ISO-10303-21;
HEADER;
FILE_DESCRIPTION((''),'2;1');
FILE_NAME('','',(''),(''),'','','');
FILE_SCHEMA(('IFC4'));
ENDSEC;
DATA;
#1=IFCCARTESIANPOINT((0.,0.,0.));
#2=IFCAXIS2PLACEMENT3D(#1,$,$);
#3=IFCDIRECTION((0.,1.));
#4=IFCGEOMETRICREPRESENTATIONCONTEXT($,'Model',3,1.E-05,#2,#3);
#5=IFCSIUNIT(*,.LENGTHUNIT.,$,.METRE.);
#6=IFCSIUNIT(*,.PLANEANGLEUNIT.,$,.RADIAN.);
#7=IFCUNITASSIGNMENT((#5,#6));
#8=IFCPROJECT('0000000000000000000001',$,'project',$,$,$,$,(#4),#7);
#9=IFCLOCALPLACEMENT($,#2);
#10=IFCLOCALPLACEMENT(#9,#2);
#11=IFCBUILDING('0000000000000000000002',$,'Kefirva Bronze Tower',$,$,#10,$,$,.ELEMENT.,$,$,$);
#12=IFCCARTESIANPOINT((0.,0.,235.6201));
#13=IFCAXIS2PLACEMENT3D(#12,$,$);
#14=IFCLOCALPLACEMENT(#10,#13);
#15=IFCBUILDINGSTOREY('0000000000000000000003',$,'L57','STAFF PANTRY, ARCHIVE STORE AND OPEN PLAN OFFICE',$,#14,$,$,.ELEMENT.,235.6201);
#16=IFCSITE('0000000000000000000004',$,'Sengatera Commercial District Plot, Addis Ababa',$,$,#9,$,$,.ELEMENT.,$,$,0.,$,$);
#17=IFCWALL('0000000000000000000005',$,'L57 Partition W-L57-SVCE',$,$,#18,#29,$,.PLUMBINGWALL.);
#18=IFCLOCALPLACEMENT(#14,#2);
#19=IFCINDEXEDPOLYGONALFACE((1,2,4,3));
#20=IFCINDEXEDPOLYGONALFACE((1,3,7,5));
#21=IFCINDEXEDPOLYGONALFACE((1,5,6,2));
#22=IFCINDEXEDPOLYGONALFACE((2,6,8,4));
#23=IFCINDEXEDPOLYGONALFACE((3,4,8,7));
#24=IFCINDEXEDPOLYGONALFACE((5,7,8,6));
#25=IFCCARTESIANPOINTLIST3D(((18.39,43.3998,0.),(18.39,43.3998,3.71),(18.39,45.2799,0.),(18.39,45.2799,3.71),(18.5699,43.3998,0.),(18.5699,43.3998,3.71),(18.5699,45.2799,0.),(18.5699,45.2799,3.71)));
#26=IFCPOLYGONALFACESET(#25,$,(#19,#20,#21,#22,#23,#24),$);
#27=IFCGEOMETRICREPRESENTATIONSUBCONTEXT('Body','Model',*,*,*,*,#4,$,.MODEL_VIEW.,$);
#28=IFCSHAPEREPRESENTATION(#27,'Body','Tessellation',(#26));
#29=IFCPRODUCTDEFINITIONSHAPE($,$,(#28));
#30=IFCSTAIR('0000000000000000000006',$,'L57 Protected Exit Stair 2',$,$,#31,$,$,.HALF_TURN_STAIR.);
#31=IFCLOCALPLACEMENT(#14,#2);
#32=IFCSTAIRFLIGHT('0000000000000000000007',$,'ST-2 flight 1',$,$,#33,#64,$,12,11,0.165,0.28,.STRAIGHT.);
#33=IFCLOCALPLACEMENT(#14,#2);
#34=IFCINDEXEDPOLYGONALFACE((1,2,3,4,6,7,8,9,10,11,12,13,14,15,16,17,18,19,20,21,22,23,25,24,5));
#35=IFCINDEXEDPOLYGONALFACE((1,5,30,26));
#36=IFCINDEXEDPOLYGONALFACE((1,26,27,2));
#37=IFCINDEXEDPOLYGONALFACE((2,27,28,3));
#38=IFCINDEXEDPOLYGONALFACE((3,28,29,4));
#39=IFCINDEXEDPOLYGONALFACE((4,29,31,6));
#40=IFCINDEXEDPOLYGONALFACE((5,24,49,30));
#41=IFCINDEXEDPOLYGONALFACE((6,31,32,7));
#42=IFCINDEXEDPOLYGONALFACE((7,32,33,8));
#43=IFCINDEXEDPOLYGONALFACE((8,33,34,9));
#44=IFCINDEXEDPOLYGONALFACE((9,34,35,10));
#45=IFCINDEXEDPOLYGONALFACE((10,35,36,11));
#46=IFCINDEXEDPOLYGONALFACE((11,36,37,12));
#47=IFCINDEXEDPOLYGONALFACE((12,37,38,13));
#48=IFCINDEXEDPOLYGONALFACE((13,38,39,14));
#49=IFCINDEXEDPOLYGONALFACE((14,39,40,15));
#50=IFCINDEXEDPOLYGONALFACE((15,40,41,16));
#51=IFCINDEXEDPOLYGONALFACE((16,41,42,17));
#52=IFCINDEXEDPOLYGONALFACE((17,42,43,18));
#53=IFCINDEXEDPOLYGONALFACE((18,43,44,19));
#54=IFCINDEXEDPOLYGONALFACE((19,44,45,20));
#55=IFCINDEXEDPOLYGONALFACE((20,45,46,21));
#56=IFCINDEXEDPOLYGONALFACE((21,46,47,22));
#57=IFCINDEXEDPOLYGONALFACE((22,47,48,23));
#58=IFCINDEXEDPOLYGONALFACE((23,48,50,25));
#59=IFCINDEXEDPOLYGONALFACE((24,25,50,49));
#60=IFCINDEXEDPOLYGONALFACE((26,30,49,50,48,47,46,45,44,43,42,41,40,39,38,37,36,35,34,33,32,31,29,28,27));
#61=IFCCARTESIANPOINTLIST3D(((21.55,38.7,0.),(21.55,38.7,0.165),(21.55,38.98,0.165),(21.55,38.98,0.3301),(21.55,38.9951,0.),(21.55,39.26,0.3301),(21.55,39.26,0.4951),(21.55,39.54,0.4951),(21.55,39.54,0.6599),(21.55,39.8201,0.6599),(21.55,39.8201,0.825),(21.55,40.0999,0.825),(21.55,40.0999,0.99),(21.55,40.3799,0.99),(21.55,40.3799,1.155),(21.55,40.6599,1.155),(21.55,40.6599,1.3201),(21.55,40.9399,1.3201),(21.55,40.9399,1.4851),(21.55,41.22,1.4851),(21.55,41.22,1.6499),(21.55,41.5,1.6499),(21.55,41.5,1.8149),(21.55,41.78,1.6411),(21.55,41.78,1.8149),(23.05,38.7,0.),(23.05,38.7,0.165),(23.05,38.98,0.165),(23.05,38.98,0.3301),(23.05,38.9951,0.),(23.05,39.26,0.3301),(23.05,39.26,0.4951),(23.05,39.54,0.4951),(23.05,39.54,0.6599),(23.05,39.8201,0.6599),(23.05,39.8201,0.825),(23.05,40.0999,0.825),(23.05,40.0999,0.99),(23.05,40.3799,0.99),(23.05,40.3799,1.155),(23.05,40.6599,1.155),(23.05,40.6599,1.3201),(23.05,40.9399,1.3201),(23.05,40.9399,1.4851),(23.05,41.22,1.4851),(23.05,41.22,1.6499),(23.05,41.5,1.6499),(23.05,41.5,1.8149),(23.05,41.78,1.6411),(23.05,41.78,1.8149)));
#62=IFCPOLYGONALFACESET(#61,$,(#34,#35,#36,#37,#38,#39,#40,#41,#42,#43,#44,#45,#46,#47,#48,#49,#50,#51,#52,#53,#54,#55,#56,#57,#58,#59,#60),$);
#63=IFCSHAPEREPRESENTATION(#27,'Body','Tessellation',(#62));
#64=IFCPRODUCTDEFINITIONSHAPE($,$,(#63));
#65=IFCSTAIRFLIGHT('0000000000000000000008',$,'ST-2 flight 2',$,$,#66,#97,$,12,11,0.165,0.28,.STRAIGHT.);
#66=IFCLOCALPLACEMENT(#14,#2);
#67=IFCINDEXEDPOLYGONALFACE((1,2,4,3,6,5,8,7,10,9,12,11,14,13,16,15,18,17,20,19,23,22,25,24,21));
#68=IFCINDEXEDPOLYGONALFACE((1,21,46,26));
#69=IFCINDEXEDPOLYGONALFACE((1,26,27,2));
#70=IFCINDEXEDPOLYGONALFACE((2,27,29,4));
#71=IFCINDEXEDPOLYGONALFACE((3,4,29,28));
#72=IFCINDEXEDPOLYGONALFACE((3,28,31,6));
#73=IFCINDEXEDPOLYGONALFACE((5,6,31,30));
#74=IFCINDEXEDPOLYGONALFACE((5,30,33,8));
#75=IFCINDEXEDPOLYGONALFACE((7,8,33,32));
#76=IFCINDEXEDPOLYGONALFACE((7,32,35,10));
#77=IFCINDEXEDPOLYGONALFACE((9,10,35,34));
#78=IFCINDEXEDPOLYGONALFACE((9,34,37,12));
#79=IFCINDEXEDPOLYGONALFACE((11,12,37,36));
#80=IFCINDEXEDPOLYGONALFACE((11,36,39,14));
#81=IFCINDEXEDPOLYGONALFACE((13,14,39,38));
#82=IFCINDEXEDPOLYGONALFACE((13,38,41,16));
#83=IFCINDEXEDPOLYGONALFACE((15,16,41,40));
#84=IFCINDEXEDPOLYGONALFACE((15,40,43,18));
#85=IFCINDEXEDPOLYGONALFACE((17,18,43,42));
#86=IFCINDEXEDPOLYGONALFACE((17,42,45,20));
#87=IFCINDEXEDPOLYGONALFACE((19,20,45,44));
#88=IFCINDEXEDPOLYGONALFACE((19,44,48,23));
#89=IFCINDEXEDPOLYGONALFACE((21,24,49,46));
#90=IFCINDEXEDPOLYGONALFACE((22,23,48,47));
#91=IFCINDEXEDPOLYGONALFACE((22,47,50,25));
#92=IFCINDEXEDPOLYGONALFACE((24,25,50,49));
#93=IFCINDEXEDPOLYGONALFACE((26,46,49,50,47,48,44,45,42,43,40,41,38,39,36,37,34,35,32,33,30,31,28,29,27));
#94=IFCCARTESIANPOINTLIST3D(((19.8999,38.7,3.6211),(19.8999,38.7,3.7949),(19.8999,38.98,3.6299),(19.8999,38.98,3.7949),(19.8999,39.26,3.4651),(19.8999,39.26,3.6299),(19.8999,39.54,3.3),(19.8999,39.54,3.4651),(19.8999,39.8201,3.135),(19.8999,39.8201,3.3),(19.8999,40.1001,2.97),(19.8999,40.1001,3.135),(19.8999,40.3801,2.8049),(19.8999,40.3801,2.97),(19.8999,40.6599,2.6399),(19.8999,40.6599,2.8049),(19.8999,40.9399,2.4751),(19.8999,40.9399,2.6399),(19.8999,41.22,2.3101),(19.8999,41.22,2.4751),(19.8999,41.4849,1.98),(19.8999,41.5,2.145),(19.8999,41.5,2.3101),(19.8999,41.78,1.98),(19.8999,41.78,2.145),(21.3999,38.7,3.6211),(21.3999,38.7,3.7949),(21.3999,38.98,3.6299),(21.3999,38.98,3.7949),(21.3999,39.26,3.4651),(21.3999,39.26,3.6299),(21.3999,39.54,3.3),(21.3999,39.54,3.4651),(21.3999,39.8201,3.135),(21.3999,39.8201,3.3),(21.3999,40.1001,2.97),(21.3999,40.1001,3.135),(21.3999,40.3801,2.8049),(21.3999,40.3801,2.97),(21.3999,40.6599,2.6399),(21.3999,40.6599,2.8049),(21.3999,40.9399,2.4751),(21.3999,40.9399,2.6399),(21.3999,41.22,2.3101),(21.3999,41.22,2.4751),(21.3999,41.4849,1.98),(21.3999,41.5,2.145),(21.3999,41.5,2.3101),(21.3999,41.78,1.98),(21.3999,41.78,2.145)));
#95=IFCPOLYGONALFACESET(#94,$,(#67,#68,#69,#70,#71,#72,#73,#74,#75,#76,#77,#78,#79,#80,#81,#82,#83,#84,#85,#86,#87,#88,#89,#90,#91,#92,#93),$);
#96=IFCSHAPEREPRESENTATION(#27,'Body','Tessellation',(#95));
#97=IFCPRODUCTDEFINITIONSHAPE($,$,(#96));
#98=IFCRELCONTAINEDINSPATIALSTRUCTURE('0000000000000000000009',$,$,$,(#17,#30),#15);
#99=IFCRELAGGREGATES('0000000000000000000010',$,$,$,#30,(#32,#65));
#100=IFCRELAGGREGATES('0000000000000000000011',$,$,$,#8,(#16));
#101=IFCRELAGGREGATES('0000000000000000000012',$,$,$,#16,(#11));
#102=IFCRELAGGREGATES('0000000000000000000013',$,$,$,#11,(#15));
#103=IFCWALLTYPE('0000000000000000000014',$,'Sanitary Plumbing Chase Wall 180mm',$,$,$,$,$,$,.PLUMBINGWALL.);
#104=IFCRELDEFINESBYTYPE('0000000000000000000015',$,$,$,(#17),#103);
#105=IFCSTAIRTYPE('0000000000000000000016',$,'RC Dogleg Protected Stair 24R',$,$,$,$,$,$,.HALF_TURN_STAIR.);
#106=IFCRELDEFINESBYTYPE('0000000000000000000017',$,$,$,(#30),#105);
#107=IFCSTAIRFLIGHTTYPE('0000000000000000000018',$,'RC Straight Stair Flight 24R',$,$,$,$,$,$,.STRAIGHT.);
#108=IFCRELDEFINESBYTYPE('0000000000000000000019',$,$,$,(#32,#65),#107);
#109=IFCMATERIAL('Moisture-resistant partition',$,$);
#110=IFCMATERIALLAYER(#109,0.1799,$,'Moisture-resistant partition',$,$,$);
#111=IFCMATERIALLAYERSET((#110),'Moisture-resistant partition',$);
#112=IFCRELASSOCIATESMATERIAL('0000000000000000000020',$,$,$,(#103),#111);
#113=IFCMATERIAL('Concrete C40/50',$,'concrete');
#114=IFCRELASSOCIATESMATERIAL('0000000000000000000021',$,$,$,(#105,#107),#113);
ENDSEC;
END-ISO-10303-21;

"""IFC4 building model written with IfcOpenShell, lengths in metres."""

from ifc_helpers import new_model, si_unit, direction, frame, frame_2d, origin, place, context, subcontext, project, spatial, polyline, rectangle, outline, extrude, material, layer, layer_set, type_object, element, aggregate, save


model = new_model("IFC4")

# Units and contexts
model_context = context("Model", 3, precision=1e-05, world=origin(), true_north=direction((0.0, 1.0)))
body_context = subcontext(model_context, "Body", "Model", "MODEL_VIEW")
ifc_project = project(units=[si_unit("LENGTHUNIT", "METRE"), si_unit("PLANEANGLEUNIT", "RADIAN")], contexts=[model_context])

# Site, building, storey
site_placement = place(None, origin())
site = spatial("IfcSite", under=ifc_project, at=site_placement, Name="Sengatera Commercial District Plot, Addis Ababa", CompositionType="ELEMENT", RefElevation=0.0)
building_placement = place(site_placement, origin())
building = spatial("IfcBuilding", under=site, at=building_placement, Name="Kefirva Bronze Tower", CompositionType="ELEMENT")
storey_placement = place(building_placement, frame((0.0, 0.0, 235.6201)))
storey = spatial("IfcBuildingStorey", under=building, at=storey_placement, Name="L57", Description="STAFF PANTRY, ARCHIVE STORE AND OPEN PLAN OFFICE", CompositionType="ELEMENT", Elevation=235.6201)

# Wall
ifc_material_1 = material(Name="Moisture-resistant partition")
ifc_layer_1 = layer(ifc_material_1, 0.1799, Name="Moisture-resistant partition")
ifc_layer_set_1 = layer_set([ifc_layer_1], Name="Moisture-resistant partition")
wall_type_1 = type_object("IfcWallType", Name="Sanitary Plumbing Chase Wall 180mm", PredefinedType="PLUMBINGWALL", material=ifc_layer_set_1)
wall_1_placement = place(storey_placement, frame((18.48, 43.3999, 0.0), z_axis=(0.0, 0.0, 1.0), x_axis=(0.0, 1.0, 0.0)))
element("IfcWall", 1, at=wall_1_placement, inside=storey, type_object=wall_type_1, Name="L57 Partition W-L57-SVCE", PredefinedType="PLUMBINGWALL", context=body_context, shape_type="SweptSolid", body=[
    extrude(rectangle(XDim=1.8801, YDim=0.1799, at=frame_2d((0.9399, 0.0))), origin(), (0.0, 0.0, 1.0), 3.71),
])

# Stair, stair flights
ifc_material_2 = material(Name="Concrete C40/50", Category="concrete")
stair_type = type_object("IfcStairType", Name="RC Dogleg Protected Stair 24R", PredefinedType="HALF_TURN_STAIR", material=ifc_material_2)
stair_placement = place(storey_placement, origin())
stair = element("IfcStair", 2, at=stair_placement, inside=storey, type_object=stair_type, Name="L57 Protected Exit Stair 2", PredefinedType="HALF_TURN_STAIR")
stair_flight_type = type_object("IfcStairFlightType", Name="RC Straight Stair Flight 24R", PredefinedType="STRAIGHT", material=ifc_material_2)
stair_flight_1_placement = place(storey_placement, frame((22.3, 38.7, 0.0), z_axis=(0.0, 0.0, 1.0), x_axis=(0.0, 1.0, 0.0)))
stair_flight_1 = element("IfcStairFlight", 3, at=stair_flight_1_placement, type_object=stair_flight_type, Name="ST-2 flight 1", NumberOfRisers=12, NumberOfTreads=11, PredefinedType="STRAIGHT", RiserHeight=0.165, TreadLength=0.28, context=body_context, shape_type="SweptSolid", body=[
    extrude(outline(polyline([(0.0, 0.0), (0.0, 0.165), (0.28, 0.165), (0.28, 0.3301), (0.5601, 0.3301), (0.5601, 0.4951), (0.8401, 0.4951), (0.8401, 0.6599), (1.1201, 0.6599), (1.1201, 0.825), (1.3999, 0.825), (1.3999, 0.99), (1.6799, 0.99), (1.6799, 1.155), (1.96, 1.155), (1.96, 1.3201), (2.24, 1.3201), (2.24, 1.4851), (2.52, 1.4851), (2.52, 1.6499), (2.8, 1.6499), (2.8, 1.8149), (3.0801, 1.8149), (3.0801, 1.98), (3.0801, 1.6411), (0.2952, 0.0), (0.0, 0.0)])), frame((0.0, 0.75, 0.0), z_axis=(0.0, -1.0, 0.0), x_axis=(1.0, 0.0, 0.0)), (0.0, 0.0, 1.0), 1.5),
])
stair_flight_2_placement = place(storey_placement, frame((20.6499, 41.78, 1.98), z_axis=(0.0, 0.0, 1.0), x_axis=(0.0, -1.0, 0.0)))
stair_flight_2 = element("IfcStairFlight", 4, at=stair_flight_2_placement, type_object=stair_flight_type, Name="ST-2 flight 2", NumberOfRisers=12, NumberOfTreads=11, PredefinedType="STRAIGHT", RiserHeight=0.165, TreadLength=0.28, context=body_context, shape_type="SweptSolid", body=[
    extrude(outline(polyline([(0.0, 0.0), (0.0, 0.165), (0.28, 0.165), (0.28, 0.3301), (0.5601, 0.3301), (0.5601, 0.4951), (0.8401, 0.4951), (0.8401, 0.6599), (1.1201, 0.6599), (1.1201, 0.825), (1.3999, 0.825), (1.3999, 0.99), (1.6799, 0.99), (1.6799, 1.155), (1.96, 1.155), (1.96, 1.3201), (2.24, 1.3201), (2.24, 1.4851), (2.52, 1.4851), (2.52, 1.6499), (2.8, 1.6499), (2.8, 1.8149), (3.0801, 1.8149), (3.0801, 1.98), (3.0801, 1.6411), (0.2952, 0.0), (0.0, 0.0)])), frame((0.0, 0.75, 0.0), z_axis=(0.0, -1.0, 0.0), x_axis=(1.0, 0.0, 0.0)), (0.0, 0.0, 1.0), 1.5),
])
aggregate(stair, [stair_flight_1, stair_flight_2])

save(model, "model.ifc")
